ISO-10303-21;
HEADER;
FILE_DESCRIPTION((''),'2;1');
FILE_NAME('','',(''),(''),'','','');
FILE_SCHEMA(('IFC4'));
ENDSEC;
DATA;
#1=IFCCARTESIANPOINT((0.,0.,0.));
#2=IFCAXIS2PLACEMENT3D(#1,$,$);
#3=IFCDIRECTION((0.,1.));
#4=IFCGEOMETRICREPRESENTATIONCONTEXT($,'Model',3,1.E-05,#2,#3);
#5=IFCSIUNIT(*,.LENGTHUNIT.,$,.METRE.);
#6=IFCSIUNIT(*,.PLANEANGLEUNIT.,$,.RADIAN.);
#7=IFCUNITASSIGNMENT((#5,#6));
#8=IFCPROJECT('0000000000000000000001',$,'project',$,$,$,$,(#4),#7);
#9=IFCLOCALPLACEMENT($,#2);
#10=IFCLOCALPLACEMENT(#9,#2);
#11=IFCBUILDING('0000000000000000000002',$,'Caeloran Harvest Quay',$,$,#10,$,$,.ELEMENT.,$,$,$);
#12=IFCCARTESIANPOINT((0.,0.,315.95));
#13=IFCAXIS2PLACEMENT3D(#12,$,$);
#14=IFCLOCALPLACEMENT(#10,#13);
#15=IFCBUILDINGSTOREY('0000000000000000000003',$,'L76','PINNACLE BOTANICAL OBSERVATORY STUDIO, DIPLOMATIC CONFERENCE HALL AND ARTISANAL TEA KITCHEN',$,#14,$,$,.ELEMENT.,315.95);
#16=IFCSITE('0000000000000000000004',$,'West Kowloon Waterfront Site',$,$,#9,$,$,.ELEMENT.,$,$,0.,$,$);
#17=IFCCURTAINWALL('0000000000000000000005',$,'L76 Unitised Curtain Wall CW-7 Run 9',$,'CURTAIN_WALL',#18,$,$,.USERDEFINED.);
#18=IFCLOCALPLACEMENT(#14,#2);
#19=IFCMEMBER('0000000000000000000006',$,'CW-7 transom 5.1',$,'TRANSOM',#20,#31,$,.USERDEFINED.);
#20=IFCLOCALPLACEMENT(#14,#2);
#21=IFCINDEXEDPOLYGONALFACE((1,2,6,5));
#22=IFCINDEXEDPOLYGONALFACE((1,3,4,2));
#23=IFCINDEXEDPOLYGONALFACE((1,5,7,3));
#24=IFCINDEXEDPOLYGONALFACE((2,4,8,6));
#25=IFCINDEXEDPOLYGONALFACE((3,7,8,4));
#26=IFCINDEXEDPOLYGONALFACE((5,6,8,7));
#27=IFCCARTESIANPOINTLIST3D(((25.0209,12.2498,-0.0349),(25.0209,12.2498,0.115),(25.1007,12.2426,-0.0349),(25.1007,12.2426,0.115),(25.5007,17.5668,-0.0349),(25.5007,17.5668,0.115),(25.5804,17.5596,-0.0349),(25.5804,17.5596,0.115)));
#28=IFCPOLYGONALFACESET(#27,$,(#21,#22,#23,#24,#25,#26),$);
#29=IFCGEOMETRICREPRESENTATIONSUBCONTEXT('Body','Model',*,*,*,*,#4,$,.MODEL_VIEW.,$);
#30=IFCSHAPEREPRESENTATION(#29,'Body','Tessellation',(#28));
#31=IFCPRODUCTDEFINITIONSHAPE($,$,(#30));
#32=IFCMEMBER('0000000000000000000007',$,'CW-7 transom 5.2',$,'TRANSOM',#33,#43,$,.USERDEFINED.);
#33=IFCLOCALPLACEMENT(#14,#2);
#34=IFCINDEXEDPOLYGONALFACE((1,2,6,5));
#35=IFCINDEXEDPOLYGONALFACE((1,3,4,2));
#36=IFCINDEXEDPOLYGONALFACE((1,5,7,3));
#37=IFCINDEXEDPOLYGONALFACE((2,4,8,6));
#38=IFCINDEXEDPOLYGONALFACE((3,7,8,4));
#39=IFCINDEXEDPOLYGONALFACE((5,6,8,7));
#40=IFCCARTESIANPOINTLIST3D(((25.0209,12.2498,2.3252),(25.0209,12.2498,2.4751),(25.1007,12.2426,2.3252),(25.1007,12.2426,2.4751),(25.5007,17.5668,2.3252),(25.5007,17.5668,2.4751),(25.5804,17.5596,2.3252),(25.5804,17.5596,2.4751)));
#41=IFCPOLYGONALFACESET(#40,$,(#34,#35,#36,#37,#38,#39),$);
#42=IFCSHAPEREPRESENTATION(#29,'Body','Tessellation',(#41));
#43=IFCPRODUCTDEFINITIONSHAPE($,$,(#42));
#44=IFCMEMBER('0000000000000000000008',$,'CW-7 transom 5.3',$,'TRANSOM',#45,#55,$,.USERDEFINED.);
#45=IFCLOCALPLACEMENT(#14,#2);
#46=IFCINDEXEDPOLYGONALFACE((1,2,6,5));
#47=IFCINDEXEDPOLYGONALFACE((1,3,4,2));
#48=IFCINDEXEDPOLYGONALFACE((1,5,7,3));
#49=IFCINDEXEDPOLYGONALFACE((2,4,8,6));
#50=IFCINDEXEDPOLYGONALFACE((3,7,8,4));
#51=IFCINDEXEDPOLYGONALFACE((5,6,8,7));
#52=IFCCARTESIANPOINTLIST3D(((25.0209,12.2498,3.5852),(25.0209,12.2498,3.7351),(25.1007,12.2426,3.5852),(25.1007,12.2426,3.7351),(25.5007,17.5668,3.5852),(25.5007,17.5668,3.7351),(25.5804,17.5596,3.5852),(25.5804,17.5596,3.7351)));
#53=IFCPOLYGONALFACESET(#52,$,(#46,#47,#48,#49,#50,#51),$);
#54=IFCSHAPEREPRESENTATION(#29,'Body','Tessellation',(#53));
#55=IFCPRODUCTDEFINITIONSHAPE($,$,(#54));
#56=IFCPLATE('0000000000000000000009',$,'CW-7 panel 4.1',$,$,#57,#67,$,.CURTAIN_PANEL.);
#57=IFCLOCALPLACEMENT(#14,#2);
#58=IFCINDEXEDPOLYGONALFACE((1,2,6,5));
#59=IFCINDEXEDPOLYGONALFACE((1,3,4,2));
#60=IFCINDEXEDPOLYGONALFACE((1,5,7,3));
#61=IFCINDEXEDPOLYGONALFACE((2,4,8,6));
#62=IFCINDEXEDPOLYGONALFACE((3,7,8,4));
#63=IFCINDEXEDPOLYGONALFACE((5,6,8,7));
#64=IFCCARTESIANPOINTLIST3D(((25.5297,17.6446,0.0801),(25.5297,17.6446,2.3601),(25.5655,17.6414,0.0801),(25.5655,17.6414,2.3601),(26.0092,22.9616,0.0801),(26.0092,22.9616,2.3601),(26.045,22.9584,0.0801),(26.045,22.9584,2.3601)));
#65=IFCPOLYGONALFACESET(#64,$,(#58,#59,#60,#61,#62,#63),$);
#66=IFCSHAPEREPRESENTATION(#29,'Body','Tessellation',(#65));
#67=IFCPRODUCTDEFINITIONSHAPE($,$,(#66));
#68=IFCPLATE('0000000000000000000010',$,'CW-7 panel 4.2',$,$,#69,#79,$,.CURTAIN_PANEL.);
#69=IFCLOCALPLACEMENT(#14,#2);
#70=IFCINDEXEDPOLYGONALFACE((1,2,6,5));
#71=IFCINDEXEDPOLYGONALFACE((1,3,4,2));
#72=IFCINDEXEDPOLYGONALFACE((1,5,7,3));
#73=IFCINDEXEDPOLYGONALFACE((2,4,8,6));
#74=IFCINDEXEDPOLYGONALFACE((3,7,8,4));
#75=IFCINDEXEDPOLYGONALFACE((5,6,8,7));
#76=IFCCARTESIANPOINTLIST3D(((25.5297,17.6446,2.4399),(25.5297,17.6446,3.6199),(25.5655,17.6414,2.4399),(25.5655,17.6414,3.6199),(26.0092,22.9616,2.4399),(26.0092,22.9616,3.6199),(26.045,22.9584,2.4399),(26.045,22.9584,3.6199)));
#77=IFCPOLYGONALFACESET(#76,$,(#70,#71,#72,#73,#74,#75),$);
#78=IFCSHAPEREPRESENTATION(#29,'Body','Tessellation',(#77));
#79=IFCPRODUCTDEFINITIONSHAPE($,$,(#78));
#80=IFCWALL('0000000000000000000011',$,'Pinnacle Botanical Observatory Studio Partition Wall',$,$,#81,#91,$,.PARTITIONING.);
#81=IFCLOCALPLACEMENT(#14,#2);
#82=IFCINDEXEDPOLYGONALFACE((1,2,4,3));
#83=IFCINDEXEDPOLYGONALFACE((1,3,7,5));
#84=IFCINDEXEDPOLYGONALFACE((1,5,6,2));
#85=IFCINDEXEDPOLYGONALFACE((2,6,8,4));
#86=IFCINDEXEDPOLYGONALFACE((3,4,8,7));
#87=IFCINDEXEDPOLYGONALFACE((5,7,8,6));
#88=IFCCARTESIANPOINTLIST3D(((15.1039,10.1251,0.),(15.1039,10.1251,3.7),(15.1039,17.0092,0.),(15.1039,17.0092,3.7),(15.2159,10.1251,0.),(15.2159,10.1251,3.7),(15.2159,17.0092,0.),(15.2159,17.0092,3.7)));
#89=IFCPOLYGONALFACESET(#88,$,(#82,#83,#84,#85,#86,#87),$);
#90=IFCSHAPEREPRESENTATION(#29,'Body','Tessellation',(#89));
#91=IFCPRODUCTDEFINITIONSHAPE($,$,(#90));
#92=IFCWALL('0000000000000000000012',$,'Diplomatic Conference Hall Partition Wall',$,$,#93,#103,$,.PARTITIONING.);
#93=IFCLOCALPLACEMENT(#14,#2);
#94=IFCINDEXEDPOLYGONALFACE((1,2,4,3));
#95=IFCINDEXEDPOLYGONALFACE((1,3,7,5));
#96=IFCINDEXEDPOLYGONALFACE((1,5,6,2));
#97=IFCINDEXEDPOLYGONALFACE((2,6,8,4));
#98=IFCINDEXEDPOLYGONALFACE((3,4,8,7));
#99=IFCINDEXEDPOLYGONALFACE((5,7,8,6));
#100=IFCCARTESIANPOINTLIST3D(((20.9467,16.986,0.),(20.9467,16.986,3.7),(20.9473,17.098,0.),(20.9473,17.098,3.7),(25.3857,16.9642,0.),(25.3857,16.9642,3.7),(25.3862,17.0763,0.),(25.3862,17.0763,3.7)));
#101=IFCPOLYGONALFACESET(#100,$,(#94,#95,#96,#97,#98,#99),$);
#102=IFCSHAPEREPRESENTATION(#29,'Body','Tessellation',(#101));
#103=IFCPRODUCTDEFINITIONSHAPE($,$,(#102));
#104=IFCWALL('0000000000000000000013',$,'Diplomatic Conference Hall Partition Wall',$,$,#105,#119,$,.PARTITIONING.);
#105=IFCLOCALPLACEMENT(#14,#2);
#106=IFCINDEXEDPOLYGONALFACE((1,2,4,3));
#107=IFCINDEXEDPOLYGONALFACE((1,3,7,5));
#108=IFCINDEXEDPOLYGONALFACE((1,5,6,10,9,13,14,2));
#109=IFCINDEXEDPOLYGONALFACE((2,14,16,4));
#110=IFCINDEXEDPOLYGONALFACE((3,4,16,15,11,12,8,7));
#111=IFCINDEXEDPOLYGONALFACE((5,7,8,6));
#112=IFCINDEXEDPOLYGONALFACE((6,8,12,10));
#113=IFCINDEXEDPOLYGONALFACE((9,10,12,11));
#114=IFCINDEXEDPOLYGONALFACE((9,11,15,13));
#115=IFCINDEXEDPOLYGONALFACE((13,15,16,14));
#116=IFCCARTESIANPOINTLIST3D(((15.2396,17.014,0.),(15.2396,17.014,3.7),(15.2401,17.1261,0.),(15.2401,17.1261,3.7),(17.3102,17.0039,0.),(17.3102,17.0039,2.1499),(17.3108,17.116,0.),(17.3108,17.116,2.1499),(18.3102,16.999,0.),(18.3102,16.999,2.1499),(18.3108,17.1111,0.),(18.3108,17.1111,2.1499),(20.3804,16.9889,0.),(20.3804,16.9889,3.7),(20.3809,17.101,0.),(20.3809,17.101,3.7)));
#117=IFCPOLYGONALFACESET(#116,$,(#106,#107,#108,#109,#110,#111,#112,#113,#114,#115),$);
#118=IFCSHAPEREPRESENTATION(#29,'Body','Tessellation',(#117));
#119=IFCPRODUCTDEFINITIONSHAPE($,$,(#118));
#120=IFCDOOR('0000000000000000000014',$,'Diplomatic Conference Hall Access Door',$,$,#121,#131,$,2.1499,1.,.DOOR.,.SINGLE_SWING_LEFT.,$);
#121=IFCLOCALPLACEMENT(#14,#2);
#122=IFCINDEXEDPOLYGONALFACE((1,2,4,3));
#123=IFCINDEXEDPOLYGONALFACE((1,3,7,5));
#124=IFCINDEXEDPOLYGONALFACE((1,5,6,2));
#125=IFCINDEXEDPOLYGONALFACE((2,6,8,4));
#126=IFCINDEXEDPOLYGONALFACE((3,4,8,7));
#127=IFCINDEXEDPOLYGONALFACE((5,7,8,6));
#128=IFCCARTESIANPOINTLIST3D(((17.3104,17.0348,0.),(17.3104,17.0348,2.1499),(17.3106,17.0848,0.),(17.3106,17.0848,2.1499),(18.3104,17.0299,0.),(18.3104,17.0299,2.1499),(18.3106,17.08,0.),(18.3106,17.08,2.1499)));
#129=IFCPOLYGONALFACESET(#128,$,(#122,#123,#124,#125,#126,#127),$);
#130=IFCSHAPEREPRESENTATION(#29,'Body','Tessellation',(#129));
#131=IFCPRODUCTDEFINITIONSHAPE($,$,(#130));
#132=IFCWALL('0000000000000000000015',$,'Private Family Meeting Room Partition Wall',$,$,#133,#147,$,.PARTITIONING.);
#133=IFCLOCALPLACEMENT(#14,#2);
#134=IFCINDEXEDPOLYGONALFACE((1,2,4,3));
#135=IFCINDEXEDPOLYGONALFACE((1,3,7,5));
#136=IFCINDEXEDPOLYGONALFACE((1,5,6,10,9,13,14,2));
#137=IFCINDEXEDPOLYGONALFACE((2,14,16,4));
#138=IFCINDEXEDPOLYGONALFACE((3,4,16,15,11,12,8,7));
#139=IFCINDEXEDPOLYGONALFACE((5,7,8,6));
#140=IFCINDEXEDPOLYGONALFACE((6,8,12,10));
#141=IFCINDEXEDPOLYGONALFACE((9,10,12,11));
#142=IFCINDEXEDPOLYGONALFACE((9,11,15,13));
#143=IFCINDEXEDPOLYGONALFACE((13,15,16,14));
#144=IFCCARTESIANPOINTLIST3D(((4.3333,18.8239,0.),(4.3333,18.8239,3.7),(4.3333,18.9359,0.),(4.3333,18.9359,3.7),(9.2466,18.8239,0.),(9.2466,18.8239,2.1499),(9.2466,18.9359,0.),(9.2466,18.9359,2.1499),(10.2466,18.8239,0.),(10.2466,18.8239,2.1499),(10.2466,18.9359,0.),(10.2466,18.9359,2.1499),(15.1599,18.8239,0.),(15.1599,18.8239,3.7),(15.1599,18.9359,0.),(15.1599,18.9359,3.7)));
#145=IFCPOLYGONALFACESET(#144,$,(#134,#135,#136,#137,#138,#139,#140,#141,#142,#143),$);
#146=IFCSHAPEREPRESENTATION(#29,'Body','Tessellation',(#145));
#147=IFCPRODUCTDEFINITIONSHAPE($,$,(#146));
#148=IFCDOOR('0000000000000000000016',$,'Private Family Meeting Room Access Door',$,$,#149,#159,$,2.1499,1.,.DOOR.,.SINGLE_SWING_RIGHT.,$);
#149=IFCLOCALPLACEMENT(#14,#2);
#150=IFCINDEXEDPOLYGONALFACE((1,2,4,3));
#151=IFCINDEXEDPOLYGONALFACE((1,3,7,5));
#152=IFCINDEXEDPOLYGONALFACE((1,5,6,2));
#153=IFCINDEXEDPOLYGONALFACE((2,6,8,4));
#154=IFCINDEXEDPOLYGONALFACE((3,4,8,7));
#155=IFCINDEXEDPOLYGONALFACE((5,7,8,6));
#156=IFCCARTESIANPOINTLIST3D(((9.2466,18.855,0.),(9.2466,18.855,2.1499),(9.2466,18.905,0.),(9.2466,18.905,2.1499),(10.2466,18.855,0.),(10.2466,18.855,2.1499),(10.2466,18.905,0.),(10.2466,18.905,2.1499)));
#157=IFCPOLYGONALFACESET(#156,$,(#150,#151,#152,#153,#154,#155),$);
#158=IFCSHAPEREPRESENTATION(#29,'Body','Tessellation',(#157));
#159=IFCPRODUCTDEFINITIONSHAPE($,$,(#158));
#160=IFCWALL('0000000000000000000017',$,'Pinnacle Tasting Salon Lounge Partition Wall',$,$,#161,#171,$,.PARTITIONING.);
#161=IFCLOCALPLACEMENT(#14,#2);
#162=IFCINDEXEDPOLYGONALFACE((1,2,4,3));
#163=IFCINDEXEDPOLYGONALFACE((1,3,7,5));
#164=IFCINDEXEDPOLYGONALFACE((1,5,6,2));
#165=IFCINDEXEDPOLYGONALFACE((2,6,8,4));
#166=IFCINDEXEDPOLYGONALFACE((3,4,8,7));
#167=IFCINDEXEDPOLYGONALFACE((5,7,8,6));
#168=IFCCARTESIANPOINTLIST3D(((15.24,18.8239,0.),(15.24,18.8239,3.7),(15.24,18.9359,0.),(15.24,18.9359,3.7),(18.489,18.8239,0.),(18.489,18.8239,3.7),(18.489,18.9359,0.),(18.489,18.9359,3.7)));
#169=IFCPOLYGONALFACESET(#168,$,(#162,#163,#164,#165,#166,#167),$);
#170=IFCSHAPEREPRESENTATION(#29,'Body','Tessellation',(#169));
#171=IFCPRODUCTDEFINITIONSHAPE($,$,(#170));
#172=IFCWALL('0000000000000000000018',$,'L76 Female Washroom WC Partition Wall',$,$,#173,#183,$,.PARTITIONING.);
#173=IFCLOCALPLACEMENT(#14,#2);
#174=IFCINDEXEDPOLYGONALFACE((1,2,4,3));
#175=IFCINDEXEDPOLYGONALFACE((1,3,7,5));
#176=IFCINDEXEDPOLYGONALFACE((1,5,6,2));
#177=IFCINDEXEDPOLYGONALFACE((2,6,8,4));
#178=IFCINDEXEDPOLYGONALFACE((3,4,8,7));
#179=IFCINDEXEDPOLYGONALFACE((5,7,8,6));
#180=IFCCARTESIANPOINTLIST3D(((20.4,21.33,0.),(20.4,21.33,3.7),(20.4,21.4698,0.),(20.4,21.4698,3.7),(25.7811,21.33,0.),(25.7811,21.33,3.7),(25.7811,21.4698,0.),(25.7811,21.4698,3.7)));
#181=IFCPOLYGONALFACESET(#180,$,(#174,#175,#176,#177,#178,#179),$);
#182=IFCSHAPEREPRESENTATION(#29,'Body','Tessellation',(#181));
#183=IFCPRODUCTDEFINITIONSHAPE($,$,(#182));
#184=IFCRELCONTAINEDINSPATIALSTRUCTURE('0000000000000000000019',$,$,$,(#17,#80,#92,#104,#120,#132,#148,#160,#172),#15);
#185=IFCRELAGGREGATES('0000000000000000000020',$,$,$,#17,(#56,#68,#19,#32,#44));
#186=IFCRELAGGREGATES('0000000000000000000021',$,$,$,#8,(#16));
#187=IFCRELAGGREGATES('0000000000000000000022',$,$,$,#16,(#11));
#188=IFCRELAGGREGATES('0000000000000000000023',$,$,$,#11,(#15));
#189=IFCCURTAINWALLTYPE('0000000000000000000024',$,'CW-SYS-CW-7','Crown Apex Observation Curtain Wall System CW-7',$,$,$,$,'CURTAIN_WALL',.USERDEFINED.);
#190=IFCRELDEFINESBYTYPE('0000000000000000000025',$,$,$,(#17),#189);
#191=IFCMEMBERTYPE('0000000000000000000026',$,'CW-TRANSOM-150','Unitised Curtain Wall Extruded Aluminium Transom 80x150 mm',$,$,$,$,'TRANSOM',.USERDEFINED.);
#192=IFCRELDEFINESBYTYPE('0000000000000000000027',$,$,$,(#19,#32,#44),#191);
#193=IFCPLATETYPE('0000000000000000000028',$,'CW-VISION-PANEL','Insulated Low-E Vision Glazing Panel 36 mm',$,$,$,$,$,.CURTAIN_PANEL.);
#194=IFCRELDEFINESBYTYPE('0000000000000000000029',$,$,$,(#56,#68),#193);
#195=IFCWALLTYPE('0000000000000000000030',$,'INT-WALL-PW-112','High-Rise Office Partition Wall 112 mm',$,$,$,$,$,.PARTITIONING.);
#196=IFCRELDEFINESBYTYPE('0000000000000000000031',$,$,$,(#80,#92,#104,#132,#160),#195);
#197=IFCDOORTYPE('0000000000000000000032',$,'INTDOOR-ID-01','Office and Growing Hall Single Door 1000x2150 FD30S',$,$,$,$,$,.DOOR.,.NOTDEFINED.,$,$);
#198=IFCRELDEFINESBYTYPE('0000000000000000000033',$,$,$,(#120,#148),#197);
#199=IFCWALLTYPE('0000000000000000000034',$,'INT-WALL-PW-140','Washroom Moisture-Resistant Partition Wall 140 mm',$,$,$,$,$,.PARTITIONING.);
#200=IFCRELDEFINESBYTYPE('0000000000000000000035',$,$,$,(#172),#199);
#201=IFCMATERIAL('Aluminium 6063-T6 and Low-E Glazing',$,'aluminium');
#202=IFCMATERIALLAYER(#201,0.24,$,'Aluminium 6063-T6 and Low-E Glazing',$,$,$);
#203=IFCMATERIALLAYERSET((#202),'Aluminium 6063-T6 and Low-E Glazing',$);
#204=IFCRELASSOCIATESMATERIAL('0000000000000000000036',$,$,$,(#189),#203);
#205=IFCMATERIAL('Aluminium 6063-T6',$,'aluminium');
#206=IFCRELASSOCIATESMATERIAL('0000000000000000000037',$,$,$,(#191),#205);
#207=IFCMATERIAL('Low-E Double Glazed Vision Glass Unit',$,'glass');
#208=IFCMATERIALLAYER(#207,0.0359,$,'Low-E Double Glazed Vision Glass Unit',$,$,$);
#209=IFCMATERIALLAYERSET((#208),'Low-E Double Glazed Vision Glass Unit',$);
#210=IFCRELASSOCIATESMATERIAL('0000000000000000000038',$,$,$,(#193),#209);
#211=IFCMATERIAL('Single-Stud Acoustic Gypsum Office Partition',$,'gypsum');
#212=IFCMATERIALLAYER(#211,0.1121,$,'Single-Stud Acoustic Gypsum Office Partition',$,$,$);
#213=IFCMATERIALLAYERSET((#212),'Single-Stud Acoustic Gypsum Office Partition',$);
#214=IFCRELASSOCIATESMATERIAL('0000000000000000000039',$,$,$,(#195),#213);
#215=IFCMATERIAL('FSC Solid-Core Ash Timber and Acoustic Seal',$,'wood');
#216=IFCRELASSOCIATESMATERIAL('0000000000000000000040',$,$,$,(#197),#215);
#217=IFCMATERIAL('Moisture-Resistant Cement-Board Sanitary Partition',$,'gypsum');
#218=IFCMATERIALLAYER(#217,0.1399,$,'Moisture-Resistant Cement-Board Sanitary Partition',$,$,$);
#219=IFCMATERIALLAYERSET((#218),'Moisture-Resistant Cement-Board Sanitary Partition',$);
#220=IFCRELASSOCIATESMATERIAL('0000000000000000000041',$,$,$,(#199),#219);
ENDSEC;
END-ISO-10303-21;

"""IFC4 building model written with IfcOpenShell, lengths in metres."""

from ifc_helpers import new_model, si_unit, direction, frame, frame_2d, origin, origin_2d, place, context, subcontext, project, spatial, rectangle, extrude, material, layer, layer_set, material_profile, profile_set, type_object, element, fill, aggregate, save


model = new_model("IFC4")

# Units and contexts
model_context = context("Model", 3, precision=1e-05, world=origin(), true_north=direction((0.0, 1.0)))
body_context = subcontext(model_context, "Body", "Model", "MODEL_VIEW")
ifc_project = project(units=[si_unit("LENGTHUNIT", "METRE"), si_unit("PLANEANGLEUNIT", "RADIAN")], contexts=[model_context])

# Site, building, storey
site_placement = place(None, origin())
site = spatial("IfcSite", under=ifc_project, at=site_placement, Name="West Kowloon Waterfront Site", CompositionType="ELEMENT", RefElevation=0.0)
building_placement = place(site_placement, origin())
building = spatial("IfcBuilding", under=site, at=building_placement, Name="Caeloran Harvest Quay", CompositionType="ELEMENT")
storey_placement = place(building_placement, frame((0.0, 0.0, 315.95)))
storey = spatial("IfcBuildingStorey", under=building, at=storey_placement, Name="L76", Description="PINNACLE BOTANICAL OBSERVATORY STUDIO, DIPLOMATIC CONFERENCE HALL AND ARTISANAL TEA KITCHEN", CompositionType="ELEMENT", Elevation=315.95)

# Curtain wall, members, plates
ifc_material_1 = material(Name="Aluminium 6063-T6 and Low-E Glazing", Category="aluminium")
ifc_layer_1 = layer(ifc_material_1, 0.24, Name="Aluminium 6063-T6 and Low-E Glazing")
ifc_layer_set_1 = layer_set([ifc_layer_1], Name="Aluminium 6063-T6 and Low-E Glazing")
curtain_wall_type = type_object("IfcCurtainWallType", Name="CW-SYS-CW-7", Description="Crown Apex Observation Curtain Wall System CW-7", ElementType="CURTAIN_WALL", PredefinedType="USERDEFINED", material=ifc_layer_set_1)
curtain_wall_placement = place(storey_placement, origin())
curtain_wall = element("IfcCurtainWall", 1, at=curtain_wall_placement, inside=storey, type_object=curtain_wall_type, Name="L76 Unitised Curtain Wall CW-7 Run 9", ObjectType="CURTAIN_WALL", PredefinedType="USERDEFINED")
ifc_material_2 = material(Name="Aluminium 6063-T6", Category="aluminium")
ifc_material_profile_1 = material_profile(ifc_material_2, rectangle(XDim=0.0801, YDim=0.1499, at=origin_2d()), Name="CW-TRANSOM-150")
ifc_profile_set_1 = profile_set([ifc_material_profile_1], Name="Aluminium 6063-T6")
member_type_1 = type_object("IfcMemberType", Name="CW-TRANSOM-150", Description="Unitised Curtain Wall Extruded Aluminium Transom 80x150 mm", ElementType="TRANSOM", PredefinedType="USERDEFINED", material=ifc_profile_set_1)
member_1_placement = place(storey_placement, frame((25.5405, 17.5632, 0.04), z_axis=(-0.08986, -0.995954, 0.0), x_axis=(0.995954, -0.08986, 0.0)))
member_1 = element("IfcMember", 2, at=member_1_placement, type_object=member_type_1, Name="CW-7 transom 5.1", ObjectType="TRANSOM", PredefinedType="USERDEFINED", context=body_context, shape_type="SweptSolid", body=[
    extrude(rectangle(XDim=0.0801, YDim=0.1499, at=origin_2d()), origin(), (0.0, 0.0, 1.0), 5.3386),
])
member_2_placement = place(storey_placement, frame((25.5405, 17.5632, 2.4001), z_axis=(-0.08986, -0.995954, 0.0), x_axis=(0.995954, -0.08986, 0.0)))
member_2 = element("IfcMember", 3, at=member_2_placement, type_object=member_type_1, Name="CW-7 transom 5.2", ObjectType="TRANSOM", PredefinedType="USERDEFINED", context=body_context, shape_type="SweptSolid", body=[
    extrude(rectangle(XDim=0.0801, YDim=0.1499, at=origin_2d()), origin(), (0.0, 0.0, 1.0), 5.3386),
])
member_3_placement = place(storey_placement, frame((25.5405, 17.5632, 3.6602), z_axis=(-0.08986, -0.995954, 0.0), x_axis=(0.995954, -0.08986, 0.0)))
member_3 = element("IfcMember", 4, at=member_3_placement, type_object=member_type_1, Name="CW-7 transom 5.3", ObjectType="TRANSOM", PredefinedType="USERDEFINED", context=body_context, shape_type="SweptSolid", body=[
    extrude(rectangle(XDim=0.0801, YDim=0.1499, at=origin_2d()), origin(), (0.0, 0.0, 1.0), 5.3386),
])
ifc_material_3 = material(Name="Low-E Double Glazed Vision Glass Unit", Category="glass")
ifc_layer_2 = layer(ifc_material_3, 0.0359, Name="Low-E Double Glazed Vision Glass Unit")
ifc_layer_set_2 = layer_set([ifc_layer_2], Name="Low-E Double Glazed Vision Glass Unit")
plate_type = type_object("IfcPlateType", Name="CW-VISION-PANEL", Description="Insulated Low-E Vision Glazing Panel 36 mm", PredefinedType="CURTAIN_PANEL", material=ifc_layer_set_2)
plate_1_placement = place(storey_placement, frame((25.7874, 20.3015, 0.0801), z_axis=(0.0, 0.0, 1.0), x_axis=(-0.089821, -0.995958, 0.0)))
plate_1 = element("IfcPlate", 5, at=plate_1_placement, type_object=plate_type, Name="CW-7 panel 4.1", PredefinedType="CURTAIN_PANEL", context=body_context, shape_type="SweptSolid", body=[
    extrude(rectangle(XDim=5.3386, YDim=0.0359, at=origin_2d()), origin(), (0.0, 0.0, 1.0), 2.28),
])
plate_2_placement = place(storey_placement, frame((25.7874, 20.3015, 2.4399), z_axis=(0.0, 0.0, 1.0), x_axis=(-0.089821, -0.995958, 0.0)))
plate_2 = element("IfcPlate", 6, at=plate_2_placement, type_object=plate_type, Name="CW-7 panel 4.2", PredefinedType="CURTAIN_PANEL", context=body_context, shape_type="SweptSolid", body=[
    extrude(rectangle(XDim=5.3386, YDim=0.0359, at=origin_2d()), origin(), (0.0, 0.0, 1.0), 1.1799),
])
aggregate(curtain_wall, [plate_1, plate_2, member_1, member_2, member_3])

# Walls
ifc_material_4 = material(Name="Single-Stud Acoustic Gypsum Office Partition", Category="gypsum")
ifc_layer_3 = layer(ifc_material_4, 0.1121, Name="Single-Stud Acoustic Gypsum Office Partition")
ifc_layer_set_3 = layer_set([ifc_layer_3], Name="Single-Stud Acoustic Gypsum Office Partition")
wall_type_1 = type_object("IfcWallType", Name="INT-WALL-PW-112", Description="High-Rise Office Partition Wall 112 mm", PredefinedType="PARTITIONING", material=ifc_layer_set_3)
wall_1_placement = place(storey_placement, frame((15.1599, 17.009, 0.0), z_axis=(0.0, 0.0, 1.0), x_axis=(0.0, -1.0, 0.0)))
element("IfcWall", 7, at=wall_1_placement, inside=storey, type_object=wall_type_1, Name="Pinnacle Botanical Observatory Studio Partition Wall", PredefinedType="PARTITIONING", context=body_context, shape_type="SweptSolid", body=[
    extrude(rectangle(XDim=6.884, YDim=0.1121, at=frame_2d((3.4419, 0.0))), origin(), (0.0, 0.0, 1.0), 3.7),
])
wall_2_placement = place(storey_placement, frame((20.947, 17.042, 0.0), z_axis=(0.0, 0.0, 1.0), x_axis=(0.999988, -0.004895, 0.0)))
element("IfcWall", 8, at=wall_2_placement, inside=storey, type_object=wall_type_1, Name="Diplomatic Conference Hall Partition Wall", PredefinedType="PARTITIONING", context=body_context, shape_type="SweptSolid", body=[
    extrude(rectangle(XDim=4.439, YDim=0.1121, at=frame_2d((2.2195, 0.0))), origin(), (0.0, 0.0, 1.0), 3.7),
])

# Walls, openings, doors
wall_3_placement = place(storey_placement, frame((15.24, 17.0701, 0.0), z_axis=(0.0, 0.0, 1.0), x_axis=(0.999988, -0.004891, 0.0)))
wall_3 = element("IfcWall", 9, at=wall_3_placement, inside=storey, type_object=wall_type_1, Name="Diplomatic Conference Hall Partition Wall", PredefinedType="PARTITIONING", context=body_context, shape_type="SweptSolid", body=[
    extrude(rectangle(XDim=5.1409, YDim=0.1121, at=frame_2d((2.5703, 0.0))), origin(), (0.0, 0.0, 1.0), 3.7),
])
opening_1_placement = place(wall_3_placement, frame((2.0706, 0.0, 0.0)))
opening_1 = element("IfcOpeningElement", 10, at=opening_1_placement, cuts=wall_3, PredefinedType="OPENING", context=body_context, shape_type="SweptSolid", body=[
    extrude(rectangle(XDim=1.0, YDim=2.1499, at=frame_2d((0.5, 1.075))), frame((0.0, 0.0659, 0.0), z_axis=(0.0, -1.0, 0.0), x_axis=(1.0, 0.0, 0.0)), (0.0, 0.0, 1.0), 0.1321),
])
ifc_material_5 = material(Name="FSC Solid-Core Ash Timber and Acoustic Seal", Category="wood")
door_type_1 = type_object("IfcDoorType", Name="INTDOOR-ID-01", Description="Office and Growing Hall Single Door 1000x2150 FD30S", OperationType="NOTDEFINED", PredefinedType="DOOR", material=ifc_material_5)
door_1_placement = place(opening_1_placement, origin())
door_1 = element("IfcDoor", 11, at=door_1_placement, inside=storey, type_object=door_type_1, Name="Diplomatic Conference Hall Access Door", OperationType="SINGLE_SWING_LEFT", OverallHeight=2.1499, OverallWidth=1.0, PredefinedType="DOOR", context=body_context, shape_type="SweptSolid", body=[
    extrude(rectangle(XDim=1.0, YDim=2.1499, at=frame_2d((0.5, 1.075))), frame((0.0, 0.0249, 0.0), z_axis=(0.0, -1.0, 0.0), x_axis=(1.0, 0.0, 0.0)), (0.0, 0.0, 1.0), 0.05),
])
fill(opening_1, door_1)
wall_4_placement = place(storey_placement, frame((15.1599, 18.8799, 0.0), z_axis=(0.0, 0.0, 1.0), x_axis=(-1.0, 0.0, 0.0)))
wall_4 = element("IfcWall", 12, at=wall_4_placement, inside=storey, type_object=wall_type_1, Name="Private Family Meeting Room Partition Wall", PredefinedType="PARTITIONING", context=body_context, shape_type="SweptSolid", body=[
    extrude(rectangle(XDim=10.8267, YDim=0.1121, at=frame_2d((5.4133, 0.0))), origin(), (0.0, 0.0, 1.0), 3.7),
])
opening_2_placement = place(wall_4_placement, frame((4.9133, 0.0, 0.0)))
opening_2 = element("IfcOpeningElement", 13, at=opening_2_placement, cuts=wall_4, PredefinedType="OPENING", context=body_context, shape_type="SweptSolid", body=[
    extrude(rectangle(XDim=1.0, YDim=2.1499, at=frame_2d((0.5, 1.075))), frame((0.0, 0.0659, 0.0), z_axis=(0.0, -1.0, 0.0), x_axis=(1.0, 0.0, 0.0)), (0.0, 0.0, 1.0), 0.1321),
])
door_2_placement = place(opening_2_placement, origin())
door_2 = element("IfcDoor", 14, at=door_2_placement, inside=storey, type_object=door_type_1, Name="Private Family Meeting Room Access Door", OperationType="SINGLE_SWING_RIGHT", OverallHeight=2.1499, OverallWidth=1.0, PredefinedType="DOOR", context=body_context, shape_type="SweptSolid", body=[
    extrude(rectangle(XDim=1.0, YDim=2.1499, at=frame_2d((0.5, 1.075))), frame((0.0, 0.0249, 0.0), z_axis=(0.0, -1.0, 0.0), x_axis=(1.0, 0.0, 0.0)), (0.0, 0.0, 1.0), 0.05),
])
fill(opening_2, door_2)

# Walls
wall_5_placement = place(storey_placement, frame((18.489, 18.8799, 0.0), z_axis=(0.0, 0.0, 1.0), x_axis=(-1.0, 0.0, 0.0)))
element("IfcWall", 15, at=wall_5_placement, inside=storey, type_object=wall_type_1, Name="Pinnacle Tasting Salon Lounge Partition Wall", PredefinedType="PARTITIONING", context=body_context, shape_type="SweptSolid", body=[
    extrude(rectangle(XDim=3.249, YDim=0.1121, at=frame_2d((1.6245, 0.0))), origin(), (0.0, 0.0, 1.0), 3.7),
])
ifc_material_6 = material(Name="Moisture-Resistant Cement-Board Sanitary Partition", Category="gypsum")
ifc_layer_4 = layer(ifc_material_6, 0.1399, Name="Moisture-Resistant Cement-Board Sanitary Partition")
ifc_layer_set_4 = layer_set([ifc_layer_4], Name="Moisture-Resistant Cement-Board Sanitary Partition")
wall_type_2 = type_object("IfcWallType", Name="INT-WALL-PW-140", Description="Washroom Moisture-Resistant Partition Wall 140 mm", PredefinedType="PARTITIONING", material=ifc_layer_set_4)
wall_6_placement = place(storey_placement, frame((25.781, 21.3999, 0.0), z_axis=(0.0, 0.0, 1.0), x_axis=(-1.0, 0.0, 0.0)))
element("IfcWall", 16, at=wall_6_placement, inside=storey, type_object=wall_type_2, Name="L76 Female Washroom WC Partition Wall", PredefinedType="PARTITIONING", context=body_context, shape_type="SweptSolid", body=[
    extrude(rectangle(XDim=5.3811, YDim=0.1399, at=frame_2d((2.6904, 0.0))), origin(), (0.0, 0.0, 1.0), 3.7),
])

save(model, "model.ifc")
